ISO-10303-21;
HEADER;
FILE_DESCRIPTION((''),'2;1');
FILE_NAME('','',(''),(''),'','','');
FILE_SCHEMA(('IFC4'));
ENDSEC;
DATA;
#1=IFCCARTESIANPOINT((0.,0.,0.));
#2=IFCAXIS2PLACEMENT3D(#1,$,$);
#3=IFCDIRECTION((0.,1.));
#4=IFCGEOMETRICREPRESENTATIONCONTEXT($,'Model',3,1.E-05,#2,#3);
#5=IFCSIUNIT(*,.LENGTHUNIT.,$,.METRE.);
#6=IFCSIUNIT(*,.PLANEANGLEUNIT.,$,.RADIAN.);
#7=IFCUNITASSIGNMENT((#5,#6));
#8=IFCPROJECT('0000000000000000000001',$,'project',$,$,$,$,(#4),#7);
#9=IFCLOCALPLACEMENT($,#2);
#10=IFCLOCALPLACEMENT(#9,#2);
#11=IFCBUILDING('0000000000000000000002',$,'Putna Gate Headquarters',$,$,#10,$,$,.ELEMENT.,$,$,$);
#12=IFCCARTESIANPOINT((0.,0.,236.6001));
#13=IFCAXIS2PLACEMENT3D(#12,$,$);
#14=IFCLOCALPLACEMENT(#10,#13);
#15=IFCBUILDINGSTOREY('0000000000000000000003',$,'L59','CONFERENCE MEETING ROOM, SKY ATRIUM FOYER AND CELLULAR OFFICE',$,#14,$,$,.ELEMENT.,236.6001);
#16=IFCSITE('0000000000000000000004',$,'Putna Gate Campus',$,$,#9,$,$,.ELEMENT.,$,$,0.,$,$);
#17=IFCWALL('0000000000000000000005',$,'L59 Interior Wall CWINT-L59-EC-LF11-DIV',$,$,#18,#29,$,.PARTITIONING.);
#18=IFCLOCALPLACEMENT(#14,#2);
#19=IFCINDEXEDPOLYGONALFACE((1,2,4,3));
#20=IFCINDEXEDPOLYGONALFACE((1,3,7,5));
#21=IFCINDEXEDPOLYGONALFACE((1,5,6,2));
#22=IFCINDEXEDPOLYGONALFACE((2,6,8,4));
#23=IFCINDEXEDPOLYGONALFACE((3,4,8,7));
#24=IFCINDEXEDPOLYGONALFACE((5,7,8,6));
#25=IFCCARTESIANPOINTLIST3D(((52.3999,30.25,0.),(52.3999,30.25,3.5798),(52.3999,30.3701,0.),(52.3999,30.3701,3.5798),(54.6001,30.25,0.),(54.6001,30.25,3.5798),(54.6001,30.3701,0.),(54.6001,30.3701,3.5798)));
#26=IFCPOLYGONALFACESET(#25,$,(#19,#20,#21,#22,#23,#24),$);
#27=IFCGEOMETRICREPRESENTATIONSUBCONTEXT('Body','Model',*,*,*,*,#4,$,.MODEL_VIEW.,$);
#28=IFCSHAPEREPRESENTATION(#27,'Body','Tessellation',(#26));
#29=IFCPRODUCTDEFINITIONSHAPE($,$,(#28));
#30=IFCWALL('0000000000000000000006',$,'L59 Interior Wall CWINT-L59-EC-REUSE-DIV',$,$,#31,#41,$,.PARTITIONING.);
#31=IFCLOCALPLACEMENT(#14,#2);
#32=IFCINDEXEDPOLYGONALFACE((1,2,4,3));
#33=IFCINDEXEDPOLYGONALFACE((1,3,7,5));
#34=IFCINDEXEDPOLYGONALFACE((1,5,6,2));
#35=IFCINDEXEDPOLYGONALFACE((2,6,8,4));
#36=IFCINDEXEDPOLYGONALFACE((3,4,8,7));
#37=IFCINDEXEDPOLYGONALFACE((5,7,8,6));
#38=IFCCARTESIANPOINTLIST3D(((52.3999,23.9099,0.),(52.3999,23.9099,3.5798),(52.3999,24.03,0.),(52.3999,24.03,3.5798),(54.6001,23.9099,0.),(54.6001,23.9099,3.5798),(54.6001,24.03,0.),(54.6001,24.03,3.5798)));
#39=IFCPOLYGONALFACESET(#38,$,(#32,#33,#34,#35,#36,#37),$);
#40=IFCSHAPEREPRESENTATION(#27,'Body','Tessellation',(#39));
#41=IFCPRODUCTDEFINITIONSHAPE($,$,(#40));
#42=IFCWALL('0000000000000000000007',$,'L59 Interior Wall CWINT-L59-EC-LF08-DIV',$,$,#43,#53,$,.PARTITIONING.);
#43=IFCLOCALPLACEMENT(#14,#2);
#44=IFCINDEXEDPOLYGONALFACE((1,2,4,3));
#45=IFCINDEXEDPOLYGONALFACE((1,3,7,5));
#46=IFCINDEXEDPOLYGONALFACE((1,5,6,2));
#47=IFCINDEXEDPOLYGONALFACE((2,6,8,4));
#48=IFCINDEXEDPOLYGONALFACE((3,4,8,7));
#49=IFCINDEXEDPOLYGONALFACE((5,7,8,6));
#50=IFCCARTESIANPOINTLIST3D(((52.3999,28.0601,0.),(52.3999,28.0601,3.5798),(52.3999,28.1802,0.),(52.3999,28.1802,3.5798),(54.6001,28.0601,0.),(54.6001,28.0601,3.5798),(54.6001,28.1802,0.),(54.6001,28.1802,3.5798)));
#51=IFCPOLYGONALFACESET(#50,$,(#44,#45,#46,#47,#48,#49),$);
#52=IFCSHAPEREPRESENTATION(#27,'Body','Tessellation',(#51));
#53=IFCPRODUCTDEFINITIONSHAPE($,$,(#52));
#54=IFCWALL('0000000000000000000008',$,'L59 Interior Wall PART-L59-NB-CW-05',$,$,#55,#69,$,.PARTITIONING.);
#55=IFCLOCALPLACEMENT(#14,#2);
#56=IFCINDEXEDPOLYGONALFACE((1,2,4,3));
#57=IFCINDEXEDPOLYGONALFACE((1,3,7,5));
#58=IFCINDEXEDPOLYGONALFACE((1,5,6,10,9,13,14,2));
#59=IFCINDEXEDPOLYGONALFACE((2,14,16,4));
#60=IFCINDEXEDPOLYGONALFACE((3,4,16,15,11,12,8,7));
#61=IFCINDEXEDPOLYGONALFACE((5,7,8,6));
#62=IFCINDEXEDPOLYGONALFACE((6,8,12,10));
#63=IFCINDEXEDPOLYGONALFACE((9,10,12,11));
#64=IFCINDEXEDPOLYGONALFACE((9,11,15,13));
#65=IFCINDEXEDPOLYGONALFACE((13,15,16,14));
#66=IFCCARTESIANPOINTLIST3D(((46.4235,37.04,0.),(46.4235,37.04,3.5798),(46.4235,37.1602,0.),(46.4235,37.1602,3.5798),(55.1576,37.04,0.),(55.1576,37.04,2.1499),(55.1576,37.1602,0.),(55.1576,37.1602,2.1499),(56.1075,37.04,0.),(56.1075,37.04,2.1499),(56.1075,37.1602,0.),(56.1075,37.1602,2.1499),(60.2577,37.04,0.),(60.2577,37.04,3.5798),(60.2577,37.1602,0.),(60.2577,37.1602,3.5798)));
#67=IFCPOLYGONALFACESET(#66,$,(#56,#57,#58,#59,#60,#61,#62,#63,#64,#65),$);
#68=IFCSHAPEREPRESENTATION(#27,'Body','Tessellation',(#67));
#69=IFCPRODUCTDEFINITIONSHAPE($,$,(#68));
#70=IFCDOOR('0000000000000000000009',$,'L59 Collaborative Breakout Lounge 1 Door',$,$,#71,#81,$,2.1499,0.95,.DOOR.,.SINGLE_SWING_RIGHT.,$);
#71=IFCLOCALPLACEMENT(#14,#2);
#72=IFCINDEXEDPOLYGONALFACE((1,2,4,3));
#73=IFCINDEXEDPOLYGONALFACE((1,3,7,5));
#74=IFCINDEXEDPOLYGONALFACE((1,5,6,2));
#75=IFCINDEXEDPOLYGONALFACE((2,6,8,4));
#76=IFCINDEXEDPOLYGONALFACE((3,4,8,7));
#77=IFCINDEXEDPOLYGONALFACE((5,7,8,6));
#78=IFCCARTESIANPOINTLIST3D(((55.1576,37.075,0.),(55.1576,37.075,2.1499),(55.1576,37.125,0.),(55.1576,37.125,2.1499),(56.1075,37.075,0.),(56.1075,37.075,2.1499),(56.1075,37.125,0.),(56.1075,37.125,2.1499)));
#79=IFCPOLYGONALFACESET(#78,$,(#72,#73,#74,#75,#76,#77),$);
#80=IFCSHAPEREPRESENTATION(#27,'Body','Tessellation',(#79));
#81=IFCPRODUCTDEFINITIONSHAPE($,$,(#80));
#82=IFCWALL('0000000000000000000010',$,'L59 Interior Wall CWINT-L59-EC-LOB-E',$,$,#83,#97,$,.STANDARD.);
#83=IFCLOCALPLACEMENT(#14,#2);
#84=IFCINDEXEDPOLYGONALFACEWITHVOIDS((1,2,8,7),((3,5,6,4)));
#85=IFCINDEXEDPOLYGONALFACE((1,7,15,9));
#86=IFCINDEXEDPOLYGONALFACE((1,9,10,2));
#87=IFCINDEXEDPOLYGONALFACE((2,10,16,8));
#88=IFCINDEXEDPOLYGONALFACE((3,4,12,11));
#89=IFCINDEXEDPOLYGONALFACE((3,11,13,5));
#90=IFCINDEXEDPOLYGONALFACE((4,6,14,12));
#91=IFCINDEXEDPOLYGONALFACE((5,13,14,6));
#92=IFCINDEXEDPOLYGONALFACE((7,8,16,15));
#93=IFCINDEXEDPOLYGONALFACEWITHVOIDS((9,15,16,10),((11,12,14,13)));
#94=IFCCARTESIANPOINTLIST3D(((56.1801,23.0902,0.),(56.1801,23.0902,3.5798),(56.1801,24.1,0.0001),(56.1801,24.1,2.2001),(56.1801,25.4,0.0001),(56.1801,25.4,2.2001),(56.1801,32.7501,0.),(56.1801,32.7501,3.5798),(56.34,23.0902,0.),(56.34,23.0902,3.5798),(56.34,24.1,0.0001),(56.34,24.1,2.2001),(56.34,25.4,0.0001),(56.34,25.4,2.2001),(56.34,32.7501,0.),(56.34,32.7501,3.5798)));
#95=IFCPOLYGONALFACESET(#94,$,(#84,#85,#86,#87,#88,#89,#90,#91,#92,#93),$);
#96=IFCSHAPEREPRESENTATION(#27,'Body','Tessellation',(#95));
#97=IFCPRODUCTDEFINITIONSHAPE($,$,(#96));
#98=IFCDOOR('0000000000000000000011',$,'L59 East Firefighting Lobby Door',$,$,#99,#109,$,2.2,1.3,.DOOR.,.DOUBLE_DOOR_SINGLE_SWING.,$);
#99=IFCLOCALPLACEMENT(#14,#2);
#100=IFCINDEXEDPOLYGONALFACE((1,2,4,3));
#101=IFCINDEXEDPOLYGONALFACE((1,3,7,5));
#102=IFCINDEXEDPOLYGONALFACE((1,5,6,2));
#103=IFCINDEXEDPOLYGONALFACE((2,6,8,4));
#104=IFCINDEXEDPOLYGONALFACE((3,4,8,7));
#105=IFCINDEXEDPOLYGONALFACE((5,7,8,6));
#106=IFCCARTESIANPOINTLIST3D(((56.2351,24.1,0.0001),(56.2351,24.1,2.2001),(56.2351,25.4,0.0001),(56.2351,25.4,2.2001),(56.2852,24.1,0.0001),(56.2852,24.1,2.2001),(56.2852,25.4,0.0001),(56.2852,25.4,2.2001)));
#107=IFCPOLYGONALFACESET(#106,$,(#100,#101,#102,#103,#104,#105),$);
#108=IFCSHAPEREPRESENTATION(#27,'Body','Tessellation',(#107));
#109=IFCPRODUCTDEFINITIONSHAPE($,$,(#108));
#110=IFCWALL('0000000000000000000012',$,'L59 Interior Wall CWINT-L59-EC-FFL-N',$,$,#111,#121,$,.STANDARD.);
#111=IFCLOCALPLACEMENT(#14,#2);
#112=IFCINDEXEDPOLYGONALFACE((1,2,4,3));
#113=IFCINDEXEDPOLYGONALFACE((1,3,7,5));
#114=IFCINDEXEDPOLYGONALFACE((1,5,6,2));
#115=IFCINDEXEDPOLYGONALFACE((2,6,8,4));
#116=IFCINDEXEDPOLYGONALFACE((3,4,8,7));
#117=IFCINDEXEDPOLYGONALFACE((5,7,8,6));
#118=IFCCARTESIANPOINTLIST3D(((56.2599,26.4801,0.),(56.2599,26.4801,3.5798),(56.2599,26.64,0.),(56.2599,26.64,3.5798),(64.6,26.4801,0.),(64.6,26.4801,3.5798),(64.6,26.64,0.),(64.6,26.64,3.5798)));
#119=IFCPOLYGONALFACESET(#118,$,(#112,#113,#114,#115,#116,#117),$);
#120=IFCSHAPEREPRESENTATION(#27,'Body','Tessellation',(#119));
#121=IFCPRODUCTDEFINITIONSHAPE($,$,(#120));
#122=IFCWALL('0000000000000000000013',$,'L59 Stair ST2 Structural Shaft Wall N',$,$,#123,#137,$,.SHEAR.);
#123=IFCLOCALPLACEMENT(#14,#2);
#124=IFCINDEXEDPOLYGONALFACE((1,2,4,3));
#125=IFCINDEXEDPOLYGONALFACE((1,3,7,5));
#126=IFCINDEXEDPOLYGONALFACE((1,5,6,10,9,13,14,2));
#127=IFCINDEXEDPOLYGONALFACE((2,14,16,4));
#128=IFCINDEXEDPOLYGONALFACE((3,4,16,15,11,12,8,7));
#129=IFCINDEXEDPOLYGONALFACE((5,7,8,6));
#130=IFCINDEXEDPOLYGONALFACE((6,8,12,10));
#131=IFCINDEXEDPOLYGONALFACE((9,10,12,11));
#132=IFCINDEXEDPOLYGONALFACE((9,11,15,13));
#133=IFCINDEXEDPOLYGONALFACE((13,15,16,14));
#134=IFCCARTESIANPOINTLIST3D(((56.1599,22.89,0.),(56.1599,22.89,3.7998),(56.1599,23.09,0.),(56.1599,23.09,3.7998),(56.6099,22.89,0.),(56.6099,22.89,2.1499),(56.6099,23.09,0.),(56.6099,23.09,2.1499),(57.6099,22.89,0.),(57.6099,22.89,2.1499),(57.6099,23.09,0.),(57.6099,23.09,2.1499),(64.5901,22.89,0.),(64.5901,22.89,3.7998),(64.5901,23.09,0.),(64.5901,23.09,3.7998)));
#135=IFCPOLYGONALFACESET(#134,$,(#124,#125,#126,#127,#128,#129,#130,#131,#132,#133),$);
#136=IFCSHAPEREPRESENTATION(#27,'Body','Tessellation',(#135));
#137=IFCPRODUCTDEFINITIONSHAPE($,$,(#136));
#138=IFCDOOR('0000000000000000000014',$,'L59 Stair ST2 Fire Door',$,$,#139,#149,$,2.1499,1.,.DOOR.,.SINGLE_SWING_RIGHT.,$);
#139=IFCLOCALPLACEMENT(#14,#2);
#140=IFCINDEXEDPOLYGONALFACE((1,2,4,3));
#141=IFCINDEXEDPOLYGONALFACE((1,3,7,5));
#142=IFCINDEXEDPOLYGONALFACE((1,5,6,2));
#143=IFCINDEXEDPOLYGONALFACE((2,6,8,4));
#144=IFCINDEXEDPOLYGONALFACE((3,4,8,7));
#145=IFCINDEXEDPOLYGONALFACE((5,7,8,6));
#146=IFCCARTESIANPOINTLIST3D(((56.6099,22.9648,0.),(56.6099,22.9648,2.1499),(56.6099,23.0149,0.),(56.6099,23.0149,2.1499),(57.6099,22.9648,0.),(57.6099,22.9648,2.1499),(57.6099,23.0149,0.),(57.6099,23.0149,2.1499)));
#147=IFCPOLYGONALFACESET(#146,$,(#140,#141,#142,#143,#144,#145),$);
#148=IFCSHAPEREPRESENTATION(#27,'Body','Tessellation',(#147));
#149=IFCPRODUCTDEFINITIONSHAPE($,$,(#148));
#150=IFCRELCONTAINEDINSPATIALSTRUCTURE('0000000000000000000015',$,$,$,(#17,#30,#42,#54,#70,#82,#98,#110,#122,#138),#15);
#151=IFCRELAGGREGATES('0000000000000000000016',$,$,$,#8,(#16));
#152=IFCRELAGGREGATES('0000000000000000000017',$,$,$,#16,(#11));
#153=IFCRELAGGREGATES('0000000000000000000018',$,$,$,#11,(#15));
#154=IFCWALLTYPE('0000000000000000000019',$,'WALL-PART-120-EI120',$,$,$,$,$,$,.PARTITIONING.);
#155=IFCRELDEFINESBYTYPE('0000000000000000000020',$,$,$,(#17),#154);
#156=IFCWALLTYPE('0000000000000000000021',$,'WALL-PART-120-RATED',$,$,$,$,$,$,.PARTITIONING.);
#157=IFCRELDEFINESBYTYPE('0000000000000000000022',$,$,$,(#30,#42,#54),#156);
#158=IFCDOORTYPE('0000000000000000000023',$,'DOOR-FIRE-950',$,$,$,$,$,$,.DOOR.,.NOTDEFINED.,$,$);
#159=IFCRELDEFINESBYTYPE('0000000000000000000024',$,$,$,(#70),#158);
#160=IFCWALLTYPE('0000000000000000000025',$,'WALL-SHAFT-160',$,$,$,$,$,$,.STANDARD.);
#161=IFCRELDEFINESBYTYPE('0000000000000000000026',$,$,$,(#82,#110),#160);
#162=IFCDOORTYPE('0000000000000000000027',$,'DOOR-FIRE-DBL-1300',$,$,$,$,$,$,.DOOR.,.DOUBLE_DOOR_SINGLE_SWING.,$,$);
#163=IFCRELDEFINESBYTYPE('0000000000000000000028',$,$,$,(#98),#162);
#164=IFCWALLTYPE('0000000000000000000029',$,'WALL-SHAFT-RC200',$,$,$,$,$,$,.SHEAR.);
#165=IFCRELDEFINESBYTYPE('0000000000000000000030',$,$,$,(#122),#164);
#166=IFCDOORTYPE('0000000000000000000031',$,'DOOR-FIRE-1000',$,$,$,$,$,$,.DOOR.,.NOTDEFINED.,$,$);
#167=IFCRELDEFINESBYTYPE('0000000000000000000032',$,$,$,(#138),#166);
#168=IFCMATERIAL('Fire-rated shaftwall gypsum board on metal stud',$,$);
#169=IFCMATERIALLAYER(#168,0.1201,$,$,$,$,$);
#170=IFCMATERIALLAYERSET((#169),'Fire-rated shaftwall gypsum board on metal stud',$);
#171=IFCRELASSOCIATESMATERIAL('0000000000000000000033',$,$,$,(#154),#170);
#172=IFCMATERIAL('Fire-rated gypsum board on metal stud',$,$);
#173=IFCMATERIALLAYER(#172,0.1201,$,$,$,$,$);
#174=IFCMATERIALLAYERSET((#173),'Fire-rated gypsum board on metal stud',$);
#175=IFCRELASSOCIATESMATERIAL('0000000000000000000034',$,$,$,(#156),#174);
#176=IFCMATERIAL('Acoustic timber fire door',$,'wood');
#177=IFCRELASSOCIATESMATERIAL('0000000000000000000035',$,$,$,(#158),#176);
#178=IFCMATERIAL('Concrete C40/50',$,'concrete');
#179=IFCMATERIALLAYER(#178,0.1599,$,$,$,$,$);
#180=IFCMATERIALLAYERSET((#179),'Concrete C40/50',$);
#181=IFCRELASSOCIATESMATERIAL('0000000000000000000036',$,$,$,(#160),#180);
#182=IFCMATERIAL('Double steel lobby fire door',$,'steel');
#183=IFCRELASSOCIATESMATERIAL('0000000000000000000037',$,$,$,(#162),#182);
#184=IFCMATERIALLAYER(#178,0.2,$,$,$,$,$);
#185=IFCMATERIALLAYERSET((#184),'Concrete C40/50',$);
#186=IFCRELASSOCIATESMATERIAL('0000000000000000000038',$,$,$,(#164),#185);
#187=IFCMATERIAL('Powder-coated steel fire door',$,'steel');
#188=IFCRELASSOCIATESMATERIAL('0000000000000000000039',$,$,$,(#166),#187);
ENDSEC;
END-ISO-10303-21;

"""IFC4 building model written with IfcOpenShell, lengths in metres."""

from ifc_helpers import new_model, si_unit, direction, frame, frame_2d, origin, place, context, subcontext, project, spatial, rectangle, extrude, material, layer, layer_set, type_object, element, fill, save


model = new_model("IFC4")

# Units and contexts
model_context = context("Model", 3, precision=1e-05, world=origin(), true_north=direction((0.0, 1.0)))
body_context = subcontext(model_context, "Body", "Model", "MODEL_VIEW")
ifc_project = project(units=[si_unit("LENGTHUNIT", "METRE"), si_unit("PLANEANGLEUNIT", "RADIAN")], contexts=[model_context])

# Site, building, storey
site_placement = place(None, origin())
site = spatial("IfcSite", under=ifc_project, at=site_placement, Name="Putna Gate Campus", CompositionType="ELEMENT", RefElevation=0.0)
building_placement = place(site_placement, origin())
building = spatial("IfcBuilding", under=site, at=building_placement, Name="Putna Gate Headquarters", CompositionType="ELEMENT")
storey_placement = place(building_placement, frame((0.0, 0.0, 236.6001)))
storey = spatial("IfcBuildingStorey", under=building, at=storey_placement, Name="L59", Description="CONFERENCE MEETING ROOM, SKY ATRIUM FOYER AND CELLULAR OFFICE", CompositionType="ELEMENT", Elevation=236.6001)

# Walls
ifc_material_1 = material(Name="Fire-rated shaftwall gypsum board on metal stud")
ifc_layer_1 = layer(ifc_material_1, 0.1201)
ifc_layer_set_1 = layer_set([ifc_layer_1], Name="Fire-rated shaftwall gypsum board on metal stud")
wall_type_1 = type_object("IfcWallType", Name="WALL-PART-120-EI120", PredefinedType="PARTITIONING", material=ifc_layer_set_1)
wall_1_placement = place(storey_placement, frame((52.3999, 30.3101, 0.0), z_axis=(0.0, 0.0, 1.0), x_axis=(1.0, 0.0, 0.0)))
element("IfcWall", 1, at=wall_1_placement, inside=storey, type_object=wall_type_1, Name="L59 Interior Wall CWINT-L59-EC-LF11-DIV", PredefinedType="PARTITIONING", context=body_context, shape_type="SweptSolid", body=[
    extrude(rectangle(XDim=2.2002, YDim=0.1201, at=frame_2d((1.1001, 0.0))), origin(), (0.0, 0.0, 1.0), 3.5798),
])
ifc_material_2 = material(Name="Fire-rated gypsum board on metal stud")
ifc_layer_2 = layer(ifc_material_2, 0.1201)
ifc_layer_set_2 = layer_set([ifc_layer_2], Name="Fire-rated gypsum board on metal stud")
wall_type_2 = type_object("IfcWallType", Name="WALL-PART-120-RATED", PredefinedType="PARTITIONING", material=ifc_layer_set_2)
for number, where, z_axis, x_axis, name in (
    (2, (52.3999, 23.97, 0.0), (0.0, 0.0, 1.0), (1.0, 0.0, 0.0), "L59 Interior Wall CWINT-L59-EC-REUSE-DIV"),
    (3, (52.3999, 28.1201, 0.0), (0.0, 0.0, 1.0), (1.0, 0.0, 0.0), "L59 Interior Wall CWINT-L59-EC-LF08-DIV"),
):
    element("IfcWall", number, at=place(storey_placement, frame(where, z_axis=z_axis, x_axis=x_axis)), inside=storey, type_object=wall_type_2, Name=name, PredefinedType="PARTITIONING", context=body_context, shape_type="SweptSolid", body=[
        extrude(rectangle(XDim=2.2002, YDim=0.1201, at=frame_2d((1.1001, 0.0))), origin(), (0.0, 0.0, 1.0), 3.5798),
    ])

# Walls, openings, doors
wall_2_placement = place(storey_placement, frame((46.4236, 37.1001, 0.0), z_axis=(0.0, 0.0, 1.0), x_axis=(1.0, 0.0, 0.0)))
wall_2 = element("IfcWall", 4, at=wall_2_placement, inside=storey, type_object=wall_type_2, Name="L59 Interior Wall PART-L59-NB-CW-05", PredefinedType="PARTITIONING", context=body_context, shape_type="SweptSolid", body=[
    extrude(rectangle(XDim=13.8342, YDim=0.1201, at=frame_2d((6.917, 0.0))), origin(), (0.0, 0.0, 1.0), 3.5798),
])
opening_1_placement = place(wall_2_placement, frame((8.7339, 0.0, 0.0)))
opening_1 = element("IfcOpeningElement", 5, at=opening_1_placement, cuts=wall_2, PredefinedType="OPENING", context=body_context, shape_type="SweptSolid", body=[
    extrude(rectangle(XDim=0.95, YDim=2.1499, at=frame_2d((0.4751, 1.075))), frame((0.0, 0.0701, 0.0), z_axis=(0.0, -1.0, 0.0), x_axis=(1.0, 0.0, 0.0)), (0.0, 0.0, 1.0), 0.1401),
])
ifc_material_3 = material(Name="Acoustic timber fire door", Category="wood")
door_type_1 = type_object("IfcDoorType", Name="DOOR-FIRE-950", OperationType="NOTDEFINED", PredefinedType="DOOR", material=ifc_material_3)
door_1_placement = place(opening_1_placement, origin())
door_1 = element("IfcDoor", 6, at=door_1_placement, inside=storey, type_object=door_type_1, Name="L59 Collaborative Breakout Lounge 1 Door", OperationType="SINGLE_SWING_RIGHT", OverallHeight=2.1499, OverallWidth=0.95, PredefinedType="DOOR", context=body_context, shape_type="SweptSolid", body=[
    extrude(rectangle(XDim=0.95, YDim=2.1499, at=frame_2d((0.4751, 1.075))), frame((0.0, 0.0249, 0.0), z_axis=(0.0, -1.0, 0.0), x_axis=(1.0, 0.0, 0.0)), (0.0, 0.0, 1.0), 0.05),
])
fill(opening_1, door_1)
ifc_material_4 = material(Name="Concrete C40/50", Category="concrete")
ifc_layer_3 = layer(ifc_material_4, 0.1599)
ifc_layer_set_3 = layer_set([ifc_layer_3], Name="Concrete C40/50")
wall_type_3 = type_object("IfcWallType", Name="WALL-SHAFT-160", PredefinedType="STANDARD", material=ifc_layer_set_3)
wall_3_placement = place(storey_placement, frame((56.26, 23.0901, 0.0), z_axis=(0.0, 0.0, 1.0), x_axis=(0.0, 1.0, 0.0)))
wall_3 = element("IfcWall", 7, at=wall_3_placement, inside=storey, type_object=wall_type_3, Name="L59 Interior Wall CWINT-L59-EC-LOB-E", PredefinedType="STANDARD", context=body_context, shape_type="SweptSolid", body=[
    extrude(rectangle(XDim=9.6599, YDim=0.1599, at=frame_2d((4.8301, 0.0))), origin(), (0.0, 0.0, 1.0), 3.5798),
])
opening_2_placement = place(wall_3_placement, frame((1.01, 0.0, 0.0)))
opening_2 = element("IfcOpeningElement", 8, at=opening_2_placement, cuts=wall_3, PredefinedType="OPENING", context=body_context, shape_type="SweptSolid", body=[
    extrude(rectangle(XDim=1.3, YDim=2.2, at=frame_2d((0.6499, 1.1001))), frame((0.0, 0.0898, 0.0), z_axis=(0.0, -1.0, 0.0), x_axis=(1.0, 0.0, 0.0)), (0.0, 0.0, 1.0), 0.1799),
])
ifc_material_5 = material(Name="Double steel lobby fire door", Category="steel")
door_type_2 = type_object("IfcDoorType", Name="DOOR-FIRE-DBL-1300", OperationType="DOUBLE_DOOR_SINGLE_SWING", PredefinedType="DOOR", material=ifc_material_5)
door_2_placement = place(opening_2_placement, origin())
door_2 = element("IfcDoor", 9, at=door_2_placement, inside=storey, type_object=door_type_2, Name="L59 East Firefighting Lobby Door", OperationType="DOUBLE_DOOR_SINGLE_SWING", OverallHeight=2.2, OverallWidth=1.3, PredefinedType="DOOR", context=body_context, shape_type="SweptSolid", body=[
    extrude(rectangle(XDim=1.3, YDim=2.2, at=frame_2d((0.6499, 1.1001))), frame((0.0, 0.0249, 0.0), z_axis=(0.0, -1.0, 0.0), x_axis=(1.0, 0.0, 0.0)), (0.0, 0.0, 1.0), 0.05),
])
fill(opening_2, door_2)

# Wall
wall_4_placement = place(storey_placement, frame((56.26, 26.5601, 0.0), z_axis=(0.0, 0.0, 1.0), x_axis=(1.0, 0.0, 0.0)))
element("IfcWall", 10, at=wall_4_placement, inside=storey, type_object=wall_type_3, Name="L59 Interior Wall CWINT-L59-EC-FFL-N", PredefinedType="STANDARD", context=body_context, shape_type="SweptSolid", body=[
    extrude(rectangle(XDim=8.3401, YDim=0.1599, at=frame_2d((4.1699, 0.0))), origin(), (0.0, 0.0, 1.0), 3.5798),
])

# Wall, opening, door
ifc_layer_4 = layer(ifc_material_4, 0.2)
ifc_layer_set_4 = layer_set([ifc_layer_4], Name="Concrete C40/50")
wall_type_4 = type_object("IfcWallType", Name="WALL-SHAFT-RC200", PredefinedType="SHEAR", material=ifc_layer_set_4)
wall_5_placement = place(storey_placement, frame((56.1599, 22.99, 0.0), z_axis=(0.0, 0.0, 1.0), x_axis=(1.0, 0.0, 0.0)))
wall_5 = element("IfcWall", 11, at=wall_5_placement, inside=storey, type_object=wall_type_4, Name="L59 Stair ST2 Structural Shaft Wall N", PredefinedType="SHEAR", context=body_context, shape_type="SweptSolid", body=[
    extrude(rectangle(XDim=8.4302, YDim=0.2, at=frame_2d((4.2151, 0.0))), origin(), (0.0, 0.0, 1.0), 3.7998),
])
opening_3_placement = place(wall_5_placement, frame((0.45, 0.0, 0.0)))
opening_3 = element("IfcOpeningElement", 12, at=opening_3_placement, cuts=wall_5, PredefinedType="OPENING", context=body_context, shape_type="SweptSolid", body=[
    extrude(rectangle(XDim=1.0, YDim=2.1499, at=frame_2d((0.5, 1.075))), frame((0.0, 0.1099, 0.0), z_axis=(0.0, -1.0, 0.0), x_axis=(1.0, 0.0, 0.0)), (0.0, 0.0, 1.0), 0.22),
])
ifc_material_6 = material(Name="Powder-coated steel fire door", Category="steel")
door_type_3 = type_object("IfcDoorType", Name="DOOR-FIRE-1000", OperationType="NOTDEFINED", PredefinedType="DOOR", material=ifc_material_6)
door_3_placement = place(opening_3_placement, origin())
door_3 = element("IfcDoor", 13, at=door_3_placement, inside=storey, type_object=door_type_3, Name="L59 Stair ST2 Fire Door", OperationType="SINGLE_SWING_RIGHT", OverallHeight=2.1499, OverallWidth=1.0, PredefinedType="DOOR", context=body_context, shape_type="SweptSolid", body=[
    extrude(rectangle(XDim=1.0, YDim=2.1499, at=frame_2d((0.5, 1.075))), frame((0.0, 0.0249, 0.0), z_axis=(0.0, -1.0, 0.0), x_axis=(1.0, 0.0, 0.0)), (0.0, 0.0, 1.0), 0.05),
])
fill(opening_3, door_3)

save(model, "model.ifc")
